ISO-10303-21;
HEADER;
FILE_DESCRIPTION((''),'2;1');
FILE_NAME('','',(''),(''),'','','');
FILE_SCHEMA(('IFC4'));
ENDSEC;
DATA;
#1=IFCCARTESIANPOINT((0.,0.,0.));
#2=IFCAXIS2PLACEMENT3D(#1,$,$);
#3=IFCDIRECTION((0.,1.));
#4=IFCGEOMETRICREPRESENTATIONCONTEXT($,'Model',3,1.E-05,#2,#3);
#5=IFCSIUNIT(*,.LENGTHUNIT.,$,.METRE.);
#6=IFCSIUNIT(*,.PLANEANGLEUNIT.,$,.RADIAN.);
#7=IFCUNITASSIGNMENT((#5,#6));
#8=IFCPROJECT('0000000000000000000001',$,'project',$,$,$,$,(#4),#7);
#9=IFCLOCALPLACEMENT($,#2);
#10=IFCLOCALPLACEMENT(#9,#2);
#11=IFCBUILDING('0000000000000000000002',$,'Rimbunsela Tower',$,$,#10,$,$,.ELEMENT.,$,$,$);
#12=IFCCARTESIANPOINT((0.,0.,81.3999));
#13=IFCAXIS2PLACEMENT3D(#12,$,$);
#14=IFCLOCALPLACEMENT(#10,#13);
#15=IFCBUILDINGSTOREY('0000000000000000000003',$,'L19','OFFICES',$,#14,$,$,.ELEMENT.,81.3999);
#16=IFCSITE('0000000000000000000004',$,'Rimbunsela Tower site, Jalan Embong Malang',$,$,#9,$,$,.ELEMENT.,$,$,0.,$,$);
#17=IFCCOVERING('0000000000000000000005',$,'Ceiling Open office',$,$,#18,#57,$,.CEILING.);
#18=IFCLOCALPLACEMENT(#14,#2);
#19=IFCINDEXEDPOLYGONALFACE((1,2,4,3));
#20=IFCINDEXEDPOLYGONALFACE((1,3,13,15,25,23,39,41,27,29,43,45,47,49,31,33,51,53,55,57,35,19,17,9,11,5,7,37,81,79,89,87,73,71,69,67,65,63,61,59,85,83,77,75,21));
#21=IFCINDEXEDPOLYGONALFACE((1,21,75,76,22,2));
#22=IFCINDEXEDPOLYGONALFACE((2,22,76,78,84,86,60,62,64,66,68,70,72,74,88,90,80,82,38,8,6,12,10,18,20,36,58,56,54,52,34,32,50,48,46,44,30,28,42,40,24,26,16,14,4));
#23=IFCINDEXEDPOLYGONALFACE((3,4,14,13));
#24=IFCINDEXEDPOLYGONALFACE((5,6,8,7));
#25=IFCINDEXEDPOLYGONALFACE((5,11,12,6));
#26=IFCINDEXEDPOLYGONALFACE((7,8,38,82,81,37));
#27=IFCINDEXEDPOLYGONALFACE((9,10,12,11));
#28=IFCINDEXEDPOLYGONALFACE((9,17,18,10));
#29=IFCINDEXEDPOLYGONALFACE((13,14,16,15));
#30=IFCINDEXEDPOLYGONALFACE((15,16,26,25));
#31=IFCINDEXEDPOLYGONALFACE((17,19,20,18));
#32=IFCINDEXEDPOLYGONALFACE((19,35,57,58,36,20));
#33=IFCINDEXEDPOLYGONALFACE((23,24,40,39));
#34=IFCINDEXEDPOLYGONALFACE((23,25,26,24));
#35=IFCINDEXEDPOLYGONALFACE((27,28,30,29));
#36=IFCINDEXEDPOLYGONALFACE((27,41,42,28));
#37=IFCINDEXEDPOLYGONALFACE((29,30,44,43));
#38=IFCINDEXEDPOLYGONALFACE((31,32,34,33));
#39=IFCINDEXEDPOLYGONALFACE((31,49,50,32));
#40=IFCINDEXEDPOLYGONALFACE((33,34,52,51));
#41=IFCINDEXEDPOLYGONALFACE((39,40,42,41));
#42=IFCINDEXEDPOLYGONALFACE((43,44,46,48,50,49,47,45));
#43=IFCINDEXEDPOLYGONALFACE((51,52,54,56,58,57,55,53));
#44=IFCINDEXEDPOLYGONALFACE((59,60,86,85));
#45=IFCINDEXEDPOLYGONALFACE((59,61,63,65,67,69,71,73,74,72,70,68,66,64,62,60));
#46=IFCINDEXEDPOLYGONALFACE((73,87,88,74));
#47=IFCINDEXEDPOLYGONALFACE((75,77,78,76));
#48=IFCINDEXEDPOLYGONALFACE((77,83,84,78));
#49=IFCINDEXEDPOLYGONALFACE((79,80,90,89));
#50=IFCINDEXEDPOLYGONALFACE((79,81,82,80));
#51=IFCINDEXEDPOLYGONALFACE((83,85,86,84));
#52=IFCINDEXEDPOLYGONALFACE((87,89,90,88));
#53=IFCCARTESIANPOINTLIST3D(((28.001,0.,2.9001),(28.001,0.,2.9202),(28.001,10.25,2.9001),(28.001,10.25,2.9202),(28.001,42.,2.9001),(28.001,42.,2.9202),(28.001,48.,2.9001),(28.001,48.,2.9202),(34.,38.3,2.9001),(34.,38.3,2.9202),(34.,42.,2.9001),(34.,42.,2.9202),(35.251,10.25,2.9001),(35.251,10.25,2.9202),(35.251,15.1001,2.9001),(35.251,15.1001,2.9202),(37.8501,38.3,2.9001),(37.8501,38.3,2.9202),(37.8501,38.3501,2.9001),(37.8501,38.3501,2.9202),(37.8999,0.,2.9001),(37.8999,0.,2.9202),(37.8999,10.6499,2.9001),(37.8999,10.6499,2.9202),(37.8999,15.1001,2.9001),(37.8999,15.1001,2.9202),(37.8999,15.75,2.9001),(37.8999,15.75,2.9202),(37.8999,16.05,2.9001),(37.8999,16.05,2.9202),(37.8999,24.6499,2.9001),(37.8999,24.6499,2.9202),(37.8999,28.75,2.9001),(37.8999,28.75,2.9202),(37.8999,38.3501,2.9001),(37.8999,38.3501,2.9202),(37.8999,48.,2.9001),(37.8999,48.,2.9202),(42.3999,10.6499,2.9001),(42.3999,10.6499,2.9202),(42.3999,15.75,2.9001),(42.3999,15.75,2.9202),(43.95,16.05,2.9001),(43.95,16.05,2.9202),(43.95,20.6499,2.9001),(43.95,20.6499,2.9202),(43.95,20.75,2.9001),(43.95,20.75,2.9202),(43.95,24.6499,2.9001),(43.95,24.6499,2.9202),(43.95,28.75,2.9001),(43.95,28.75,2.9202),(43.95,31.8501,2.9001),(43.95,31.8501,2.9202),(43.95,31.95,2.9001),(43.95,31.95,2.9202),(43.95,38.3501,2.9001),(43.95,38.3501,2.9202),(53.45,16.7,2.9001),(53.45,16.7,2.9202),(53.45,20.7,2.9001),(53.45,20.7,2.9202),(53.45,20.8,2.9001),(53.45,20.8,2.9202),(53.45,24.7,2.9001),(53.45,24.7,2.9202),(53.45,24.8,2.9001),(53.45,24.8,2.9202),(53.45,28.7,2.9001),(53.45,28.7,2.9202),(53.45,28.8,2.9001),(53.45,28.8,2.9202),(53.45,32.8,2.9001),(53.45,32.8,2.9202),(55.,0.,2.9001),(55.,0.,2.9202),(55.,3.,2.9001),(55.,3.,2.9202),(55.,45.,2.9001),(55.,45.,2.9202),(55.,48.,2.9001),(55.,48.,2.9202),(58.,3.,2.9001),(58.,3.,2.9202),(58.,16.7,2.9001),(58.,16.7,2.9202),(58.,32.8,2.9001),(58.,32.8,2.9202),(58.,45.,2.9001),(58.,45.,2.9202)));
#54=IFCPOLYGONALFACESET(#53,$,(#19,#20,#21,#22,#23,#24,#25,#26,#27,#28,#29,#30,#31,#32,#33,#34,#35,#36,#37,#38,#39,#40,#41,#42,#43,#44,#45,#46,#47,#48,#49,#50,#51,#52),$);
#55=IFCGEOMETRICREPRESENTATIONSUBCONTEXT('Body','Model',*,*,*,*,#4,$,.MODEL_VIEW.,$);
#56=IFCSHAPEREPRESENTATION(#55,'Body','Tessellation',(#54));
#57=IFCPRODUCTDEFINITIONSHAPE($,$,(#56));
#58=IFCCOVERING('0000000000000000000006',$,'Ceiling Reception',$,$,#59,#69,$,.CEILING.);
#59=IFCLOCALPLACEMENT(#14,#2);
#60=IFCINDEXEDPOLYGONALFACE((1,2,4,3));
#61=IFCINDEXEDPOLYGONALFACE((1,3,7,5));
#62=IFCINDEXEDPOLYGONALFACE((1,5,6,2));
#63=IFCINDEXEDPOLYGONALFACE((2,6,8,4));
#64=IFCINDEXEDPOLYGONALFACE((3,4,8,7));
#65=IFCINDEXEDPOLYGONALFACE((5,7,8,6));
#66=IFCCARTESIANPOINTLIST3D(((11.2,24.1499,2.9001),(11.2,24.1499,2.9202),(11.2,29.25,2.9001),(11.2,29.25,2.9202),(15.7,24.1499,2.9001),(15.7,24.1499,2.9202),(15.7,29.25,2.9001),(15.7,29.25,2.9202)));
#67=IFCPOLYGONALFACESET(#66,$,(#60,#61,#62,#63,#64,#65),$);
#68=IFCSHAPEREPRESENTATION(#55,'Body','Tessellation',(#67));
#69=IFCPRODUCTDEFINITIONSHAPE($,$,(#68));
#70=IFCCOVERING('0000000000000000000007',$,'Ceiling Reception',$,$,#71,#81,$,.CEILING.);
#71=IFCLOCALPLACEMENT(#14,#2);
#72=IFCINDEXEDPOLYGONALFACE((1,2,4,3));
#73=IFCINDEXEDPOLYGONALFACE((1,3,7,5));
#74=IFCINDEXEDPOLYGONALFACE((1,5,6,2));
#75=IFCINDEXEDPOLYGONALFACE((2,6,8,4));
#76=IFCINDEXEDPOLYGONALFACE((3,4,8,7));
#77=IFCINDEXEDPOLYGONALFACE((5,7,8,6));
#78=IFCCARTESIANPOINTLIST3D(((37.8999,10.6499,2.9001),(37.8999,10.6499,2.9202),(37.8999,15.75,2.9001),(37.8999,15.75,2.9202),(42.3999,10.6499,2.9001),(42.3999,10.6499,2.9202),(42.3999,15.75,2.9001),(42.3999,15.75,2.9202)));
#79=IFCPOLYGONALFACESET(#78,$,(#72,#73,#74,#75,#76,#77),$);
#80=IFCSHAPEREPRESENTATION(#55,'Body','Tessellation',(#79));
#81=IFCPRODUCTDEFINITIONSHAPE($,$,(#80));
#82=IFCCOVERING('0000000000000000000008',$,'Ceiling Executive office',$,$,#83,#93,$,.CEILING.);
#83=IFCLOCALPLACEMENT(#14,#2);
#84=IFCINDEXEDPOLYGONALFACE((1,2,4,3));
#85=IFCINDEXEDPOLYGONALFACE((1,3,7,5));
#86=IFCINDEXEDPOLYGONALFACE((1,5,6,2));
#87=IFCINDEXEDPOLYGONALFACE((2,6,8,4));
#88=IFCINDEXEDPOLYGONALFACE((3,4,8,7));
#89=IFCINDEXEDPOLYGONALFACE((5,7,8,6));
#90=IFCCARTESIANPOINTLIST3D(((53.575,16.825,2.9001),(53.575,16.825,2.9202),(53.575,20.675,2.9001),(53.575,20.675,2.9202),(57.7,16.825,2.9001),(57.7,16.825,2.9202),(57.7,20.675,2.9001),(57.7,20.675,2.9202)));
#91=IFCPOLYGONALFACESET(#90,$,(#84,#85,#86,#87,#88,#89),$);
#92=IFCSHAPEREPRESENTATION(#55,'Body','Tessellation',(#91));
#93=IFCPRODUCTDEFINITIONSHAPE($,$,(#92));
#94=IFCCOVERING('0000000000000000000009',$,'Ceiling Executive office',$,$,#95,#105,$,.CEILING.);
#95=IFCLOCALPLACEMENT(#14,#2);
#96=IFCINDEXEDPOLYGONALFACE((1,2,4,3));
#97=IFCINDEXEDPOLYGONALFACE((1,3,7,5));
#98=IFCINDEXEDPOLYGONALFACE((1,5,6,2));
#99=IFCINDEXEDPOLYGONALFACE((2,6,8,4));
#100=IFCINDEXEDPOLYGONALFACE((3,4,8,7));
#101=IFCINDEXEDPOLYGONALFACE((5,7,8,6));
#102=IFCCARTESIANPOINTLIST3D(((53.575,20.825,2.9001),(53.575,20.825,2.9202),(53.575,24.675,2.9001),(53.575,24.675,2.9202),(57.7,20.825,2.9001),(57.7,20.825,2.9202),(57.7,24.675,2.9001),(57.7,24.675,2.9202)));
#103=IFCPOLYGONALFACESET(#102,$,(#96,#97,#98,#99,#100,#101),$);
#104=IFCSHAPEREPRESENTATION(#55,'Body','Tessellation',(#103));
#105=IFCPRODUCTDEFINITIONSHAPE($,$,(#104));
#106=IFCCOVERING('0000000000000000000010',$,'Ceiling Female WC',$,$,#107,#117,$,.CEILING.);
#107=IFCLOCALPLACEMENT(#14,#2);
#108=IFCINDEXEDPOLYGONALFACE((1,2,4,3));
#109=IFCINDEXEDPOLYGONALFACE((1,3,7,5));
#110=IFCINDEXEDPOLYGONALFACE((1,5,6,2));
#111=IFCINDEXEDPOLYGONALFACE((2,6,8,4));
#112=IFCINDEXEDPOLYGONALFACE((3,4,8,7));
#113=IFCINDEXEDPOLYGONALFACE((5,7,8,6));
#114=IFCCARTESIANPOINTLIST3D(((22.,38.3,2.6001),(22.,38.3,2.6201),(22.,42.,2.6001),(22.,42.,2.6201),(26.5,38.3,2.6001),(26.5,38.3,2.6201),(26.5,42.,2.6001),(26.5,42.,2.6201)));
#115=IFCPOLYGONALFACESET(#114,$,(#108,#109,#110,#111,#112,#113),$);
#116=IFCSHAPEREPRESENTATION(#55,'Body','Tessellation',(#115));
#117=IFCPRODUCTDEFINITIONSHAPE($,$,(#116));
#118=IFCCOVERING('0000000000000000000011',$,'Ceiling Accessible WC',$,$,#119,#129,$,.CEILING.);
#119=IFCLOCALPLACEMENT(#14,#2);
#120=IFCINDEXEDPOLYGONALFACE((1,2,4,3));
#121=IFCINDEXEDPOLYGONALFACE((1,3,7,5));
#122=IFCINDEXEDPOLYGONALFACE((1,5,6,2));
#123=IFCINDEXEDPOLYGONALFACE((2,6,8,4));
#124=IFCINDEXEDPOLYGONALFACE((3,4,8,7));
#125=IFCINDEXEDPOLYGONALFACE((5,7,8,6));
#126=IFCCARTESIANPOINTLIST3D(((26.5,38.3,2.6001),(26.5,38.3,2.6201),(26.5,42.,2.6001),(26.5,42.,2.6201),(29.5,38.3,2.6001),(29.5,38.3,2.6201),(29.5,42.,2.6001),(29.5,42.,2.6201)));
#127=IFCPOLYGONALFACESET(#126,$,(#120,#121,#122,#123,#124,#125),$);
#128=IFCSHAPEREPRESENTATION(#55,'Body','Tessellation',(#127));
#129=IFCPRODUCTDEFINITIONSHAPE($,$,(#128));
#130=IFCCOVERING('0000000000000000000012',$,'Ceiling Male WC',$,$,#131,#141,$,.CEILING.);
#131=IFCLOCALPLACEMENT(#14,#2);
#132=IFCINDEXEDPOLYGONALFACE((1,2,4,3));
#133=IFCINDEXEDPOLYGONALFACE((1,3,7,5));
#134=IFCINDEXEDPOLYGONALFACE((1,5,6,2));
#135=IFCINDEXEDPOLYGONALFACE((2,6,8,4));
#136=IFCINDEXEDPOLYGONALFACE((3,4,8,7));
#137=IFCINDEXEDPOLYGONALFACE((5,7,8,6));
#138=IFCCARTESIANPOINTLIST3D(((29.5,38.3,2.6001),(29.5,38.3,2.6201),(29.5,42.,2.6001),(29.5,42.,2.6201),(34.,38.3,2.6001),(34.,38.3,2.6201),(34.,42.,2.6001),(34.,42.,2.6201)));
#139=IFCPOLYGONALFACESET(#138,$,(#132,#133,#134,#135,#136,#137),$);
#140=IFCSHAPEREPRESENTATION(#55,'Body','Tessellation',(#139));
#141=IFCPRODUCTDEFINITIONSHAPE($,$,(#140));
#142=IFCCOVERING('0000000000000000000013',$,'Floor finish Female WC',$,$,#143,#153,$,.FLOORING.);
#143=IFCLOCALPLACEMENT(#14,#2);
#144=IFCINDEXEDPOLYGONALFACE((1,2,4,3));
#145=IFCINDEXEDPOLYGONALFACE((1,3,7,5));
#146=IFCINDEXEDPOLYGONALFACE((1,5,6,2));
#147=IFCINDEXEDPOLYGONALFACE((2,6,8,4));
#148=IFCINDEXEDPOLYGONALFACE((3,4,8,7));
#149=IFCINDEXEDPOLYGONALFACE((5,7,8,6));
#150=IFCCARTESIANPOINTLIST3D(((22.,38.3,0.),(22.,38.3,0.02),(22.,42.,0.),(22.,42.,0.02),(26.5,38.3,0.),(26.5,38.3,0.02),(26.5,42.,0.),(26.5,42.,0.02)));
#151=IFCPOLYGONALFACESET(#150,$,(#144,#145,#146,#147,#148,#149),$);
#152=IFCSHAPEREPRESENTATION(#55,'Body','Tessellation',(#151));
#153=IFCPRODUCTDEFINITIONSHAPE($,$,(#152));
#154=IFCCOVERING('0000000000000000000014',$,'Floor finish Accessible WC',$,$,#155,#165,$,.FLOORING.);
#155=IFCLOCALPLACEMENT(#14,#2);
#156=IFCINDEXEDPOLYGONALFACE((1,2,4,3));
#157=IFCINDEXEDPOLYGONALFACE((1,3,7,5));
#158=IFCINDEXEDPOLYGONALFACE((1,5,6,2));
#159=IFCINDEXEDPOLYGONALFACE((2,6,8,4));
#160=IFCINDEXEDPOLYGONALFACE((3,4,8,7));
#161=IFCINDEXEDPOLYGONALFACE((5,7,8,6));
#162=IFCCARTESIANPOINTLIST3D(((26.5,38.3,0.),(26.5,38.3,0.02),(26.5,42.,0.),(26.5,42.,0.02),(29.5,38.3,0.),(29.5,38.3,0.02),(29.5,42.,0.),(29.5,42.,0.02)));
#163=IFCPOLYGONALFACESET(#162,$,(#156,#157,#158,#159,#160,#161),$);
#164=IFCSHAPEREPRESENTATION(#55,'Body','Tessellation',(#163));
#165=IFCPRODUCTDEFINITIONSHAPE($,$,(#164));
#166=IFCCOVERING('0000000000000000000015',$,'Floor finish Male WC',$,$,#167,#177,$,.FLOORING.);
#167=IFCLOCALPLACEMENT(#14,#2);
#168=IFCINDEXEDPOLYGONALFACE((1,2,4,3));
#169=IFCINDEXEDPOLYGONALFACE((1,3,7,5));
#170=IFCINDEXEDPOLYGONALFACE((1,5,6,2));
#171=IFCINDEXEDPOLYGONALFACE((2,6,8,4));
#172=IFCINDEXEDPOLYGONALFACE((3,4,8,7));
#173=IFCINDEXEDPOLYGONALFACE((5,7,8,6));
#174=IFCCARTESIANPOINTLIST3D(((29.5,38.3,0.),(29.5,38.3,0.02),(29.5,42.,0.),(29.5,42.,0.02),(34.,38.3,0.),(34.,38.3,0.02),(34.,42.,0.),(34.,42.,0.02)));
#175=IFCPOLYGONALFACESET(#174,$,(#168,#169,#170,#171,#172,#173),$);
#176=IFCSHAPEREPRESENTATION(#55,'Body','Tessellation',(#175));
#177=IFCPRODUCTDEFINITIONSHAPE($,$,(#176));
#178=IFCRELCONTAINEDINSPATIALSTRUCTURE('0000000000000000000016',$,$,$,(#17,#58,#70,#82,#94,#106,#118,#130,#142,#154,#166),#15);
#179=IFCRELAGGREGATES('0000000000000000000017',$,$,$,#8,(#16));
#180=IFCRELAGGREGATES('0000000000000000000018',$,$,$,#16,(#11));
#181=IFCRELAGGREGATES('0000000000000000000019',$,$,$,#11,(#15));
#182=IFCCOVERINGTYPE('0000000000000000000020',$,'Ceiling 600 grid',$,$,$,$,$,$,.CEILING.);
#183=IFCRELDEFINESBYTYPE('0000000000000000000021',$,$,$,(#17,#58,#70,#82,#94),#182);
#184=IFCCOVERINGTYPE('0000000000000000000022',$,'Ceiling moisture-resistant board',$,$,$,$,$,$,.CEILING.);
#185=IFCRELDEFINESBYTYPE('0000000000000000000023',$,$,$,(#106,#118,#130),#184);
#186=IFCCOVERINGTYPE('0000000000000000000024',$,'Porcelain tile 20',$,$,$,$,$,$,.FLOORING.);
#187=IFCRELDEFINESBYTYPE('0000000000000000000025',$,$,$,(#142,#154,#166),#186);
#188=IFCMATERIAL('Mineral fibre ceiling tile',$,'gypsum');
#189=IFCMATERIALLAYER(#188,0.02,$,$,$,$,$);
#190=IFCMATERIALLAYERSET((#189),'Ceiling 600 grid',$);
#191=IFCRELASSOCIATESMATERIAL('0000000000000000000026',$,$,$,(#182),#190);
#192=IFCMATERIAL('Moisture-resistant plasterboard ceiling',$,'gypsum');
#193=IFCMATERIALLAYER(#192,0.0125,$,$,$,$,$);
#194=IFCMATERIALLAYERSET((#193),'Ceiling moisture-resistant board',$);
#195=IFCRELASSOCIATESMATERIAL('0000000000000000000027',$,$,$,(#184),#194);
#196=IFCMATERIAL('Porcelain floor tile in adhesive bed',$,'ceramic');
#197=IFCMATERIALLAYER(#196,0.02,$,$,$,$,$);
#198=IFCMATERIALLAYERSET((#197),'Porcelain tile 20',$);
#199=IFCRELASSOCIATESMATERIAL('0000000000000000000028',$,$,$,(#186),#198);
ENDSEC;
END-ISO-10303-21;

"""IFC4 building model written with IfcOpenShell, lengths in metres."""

from ifc_helpers import new_model, si_unit, direction, frame, origin, place, context, subcontext, project, spatial, polyline, outline, extrude, material, layer, layer_set, type_object, element, save


model = new_model("IFC4")

# Units and contexts
model_context = context("Model", 3, precision=1e-05, world=origin(), true_north=direction((0.0, 1.0)))
body_context = subcontext(model_context, "Body", "Model", "MODEL_VIEW")
ifc_project = project(units=[si_unit("LENGTHUNIT", "METRE"), si_unit("PLANEANGLEUNIT", "RADIAN")], contexts=[model_context])

# Site, building, storey
site_placement = place(None, origin())
site = spatial("IfcSite", under=ifc_project, at=site_placement, Name="Rimbunsela Tower site, Jalan Embong Malang", CompositionType="ELEMENT", RefElevation=0.0)
building_placement = place(site_placement, origin())
building = spatial("IfcBuilding", under=site, at=building_placement, Name="Rimbunsela Tower", CompositionType="ELEMENT")
storey_placement = place(building_placement, frame((0.0, 0.0, 81.3999)))
storey = spatial("IfcBuildingStorey", under=building, at=storey_placement, Name="L19", Description="OFFICES", CompositionType="ELEMENT", Elevation=81.3999)

# Coverings
ifc_material_1 = material(Name="Mineral fibre ceiling tile", Category="gypsum")
ifc_layer_1 = layer(ifc_material_1, 0.02)
ifc_layer_set_1 = layer_set([ifc_layer_1], Name="Ceiling 600 grid")
covering_type_1 = type_object("IfcCoveringType", Name="Ceiling 600 grid", PredefinedType="CEILING", material=ifc_layer_set_1)
covering_1_placement = place(storey_placement, frame((0.0, 0.0, 2.9001)))
element("IfcCovering", 1, at=covering_1_placement, inside=storey, type_object=covering_type_1, Name="Ceiling Open office", PredefinedType="CEILING", context=body_context, shape_type="SweptSolid", body=[
    extrude(outline(polyline([(37.8999, 10.6499), (42.3999, 10.6499), (42.3999, 15.75), (37.8999, 15.75), (37.8999, 16.05), (43.95, 16.05), (43.95, 20.6499), (43.95, 20.75), (43.95, 24.6499), (37.8999, 24.6499), (37.8999, 28.75), (43.95, 28.75), (43.95, 31.8501), (43.95, 31.95), (43.95, 38.3501), (37.8999, 38.3501), (37.8501, 38.3501), (37.8501, 38.3), (34.0, 38.3), (34.0, 42.0), (28.001, 42.0), (28.001, 48.0), (37.8999, 48.0), (55.0, 48.0), (55.0, 45.0), (58.0, 45.0), (58.0, 32.8), (53.45, 32.8), (53.45, 28.8), (53.45, 28.7), (53.45, 24.8), (53.45, 24.7), (53.45, 20.8), (53.45, 20.7), (53.45, 16.7), (58.0, 16.7), (58.0, 3.0), (55.0, 3.0), (55.0, 0.0), (37.8999, 0.0), (28.001, 0.0), (28.001, 10.25), (35.251, 10.25), (35.251, 15.1001), (37.8999, 15.1001), (37.8999, 10.6499)])), origin(), (0.0, 0.0, 1.0), 0.02),
])
covering_2_placement = place(storey_placement, frame((0.0, 0.0, 2.9001)))
element("IfcCovering", 2, at=covering_2_placement, inside=storey, type_object=covering_type_1, Name="Ceiling Reception", PredefinedType="CEILING", context=body_context, shape_type="SweptSolid", body=[
    extrude(outline(polyline([(15.7, 24.1499), (15.7, 29.25), (11.2, 29.25), (11.2, 24.1499), (15.7, 24.1499)])), origin(), (0.0, 0.0, 1.0), 0.02),
])
covering_3_placement = place(storey_placement, frame((0.0, 0.0, 2.9001)))
element("IfcCovering", 3, at=covering_3_placement, inside=storey, type_object=covering_type_1, Name="Ceiling Reception", PredefinedType="CEILING", context=body_context, shape_type="SweptSolid", body=[
    extrude(outline(polyline([(42.3999, 10.6499), (42.3999, 15.75), (37.8999, 15.75), (37.8999, 10.6499), (42.3999, 10.6499)])), origin(), (0.0, 0.0, 1.0), 0.02),
])
covering_4_placement = place(storey_placement, frame((0.0, 0.0, 2.9001)))
element("IfcCovering", 4, at=covering_4_placement, inside=storey, type_object=covering_type_1, Name="Ceiling Executive office", PredefinedType="CEILING", context=body_context, shape_type="SweptSolid", body=[
    extrude(outline(polyline([(57.7, 16.825), (57.7, 20.675), (53.575, 20.675), (53.575, 16.825), (57.7, 16.825)])), origin(), (0.0, 0.0, 1.0), 0.02),
])
covering_5_placement = place(storey_placement, frame((0.0, 0.0, 2.9001)))
element("IfcCovering", 5, at=covering_5_placement, inside=storey, type_object=covering_type_1, Name="Ceiling Executive office", PredefinedType="CEILING", context=body_context, shape_type="SweptSolid", body=[
    extrude(outline(polyline([(57.7, 20.825), (57.7, 24.675), (53.575, 24.675), (53.575, 20.825), (57.7, 20.825)])), origin(), (0.0, 0.0, 1.0), 0.02),
])
ifc_material_2 = material(Name="Moisture-resistant plasterboard ceiling", Category="gypsum")
ifc_layer_2 = layer(ifc_material_2, 0.0125)
ifc_layer_set_2 = layer_set([ifc_layer_2], Name="Ceiling moisture-resistant board")
covering_type_2 = type_object("IfcCoveringType", Name="Ceiling moisture-resistant board", PredefinedType="CEILING", material=ifc_layer_set_2)
covering_6_placement = place(storey_placement, frame((0.0, 0.0, 2.6001)))
element("IfcCovering", 6, at=covering_6_placement, inside=storey, type_object=covering_type_2, Name="Ceiling Female WC", PredefinedType="CEILING", context=body_context, shape_type="SweptSolid", body=[
    extrude(outline(polyline([(26.5, 38.3), (26.5, 42.0), (22.0, 42.0), (22.0, 38.3), (26.5, 38.3)])), origin(), (0.0, 0.0, 1.0), 0.02),
])
covering_7_placement = place(storey_placement, frame((0.0, 0.0, 2.6001)))
element("IfcCovering", 7, at=covering_7_placement, inside=storey, type_object=covering_type_2, Name="Ceiling Accessible WC", PredefinedType="CEILING", context=body_context, shape_type="SweptSolid", body=[
    extrude(outline(polyline([(29.5, 38.3), (29.5, 42.0), (26.5, 42.0), (26.5, 38.3), (29.5, 38.3)])), origin(), (0.0, 0.0, 1.0), 0.02),
])
covering_8_placement = place(storey_placement, frame((0.0, 0.0, 2.6001)))
element("IfcCovering", 8, at=covering_8_placement, inside=storey, type_object=covering_type_2, Name="Ceiling Male WC", PredefinedType="CEILING", context=body_context, shape_type="SweptSolid", body=[
    extrude(outline(polyline([(34.0, 38.3), (34.0, 42.0), (29.5, 42.0), (29.5, 38.3), (34.0, 38.3)])), origin(), (0.0, 0.0, 1.0), 0.02),
])
ifc_material_3 = material(Name="Porcelain floor tile in adhesive bed", Category="ceramic")
ifc_layer_3 = layer(ifc_material_3, 0.02)
ifc_layer_set_3 = layer_set([ifc_layer_3], Name="Porcelain tile 20")
covering_type_3 = type_object("IfcCoveringType", Name="Porcelain tile 20", PredefinedType="FLOORING", material=ifc_layer_set_3)
covering_9_placement = place(storey_placement, origin())
element("IfcCovering", 9, at=covering_9_placement, inside=storey, type_object=covering_type_3, Name="Floor finish Female WC", PredefinedType="FLOORING", context=body_context, shape_type="SweptSolid", body=[
    extrude(outline(polyline([(26.5, 38.3), (26.5, 42.0), (22.0, 42.0), (22.0, 38.3), (26.5, 38.3)])), origin(), (0.0, 0.0, 1.0), 0.02),
])
covering_10_placement = place(storey_placement, origin())
element("IfcCovering", 10, at=covering_10_placement, inside=storey, type_object=covering_type_3, Name="Floor finish Accessible WC", PredefinedType="FLOORING", context=body_context, shape_type="SweptSolid", body=[
    extrude(outline(polyline([(29.5, 38.3), (29.5, 42.0), (26.5, 42.0), (26.5, 38.3), (29.5, 38.3)])), origin(), (0.0, 0.0, 1.0), 0.02),
])
covering_11_placement = place(storey_placement, origin())
element("IfcCovering", 11, at=covering_11_placement, inside=storey, type_object=covering_type_3, Name="Floor finish Male WC", PredefinedType="FLOORING", context=body_context, shape_type="SweptSolid", body=[
    extrude(outline(polyline([(34.0, 38.3), (34.0, 42.0), (29.5, 42.0), (29.5, 38.3), (34.0, 38.3)])), origin(), (0.0, 0.0, 1.0), 0.02),
])

save(model, "model.ifc")
